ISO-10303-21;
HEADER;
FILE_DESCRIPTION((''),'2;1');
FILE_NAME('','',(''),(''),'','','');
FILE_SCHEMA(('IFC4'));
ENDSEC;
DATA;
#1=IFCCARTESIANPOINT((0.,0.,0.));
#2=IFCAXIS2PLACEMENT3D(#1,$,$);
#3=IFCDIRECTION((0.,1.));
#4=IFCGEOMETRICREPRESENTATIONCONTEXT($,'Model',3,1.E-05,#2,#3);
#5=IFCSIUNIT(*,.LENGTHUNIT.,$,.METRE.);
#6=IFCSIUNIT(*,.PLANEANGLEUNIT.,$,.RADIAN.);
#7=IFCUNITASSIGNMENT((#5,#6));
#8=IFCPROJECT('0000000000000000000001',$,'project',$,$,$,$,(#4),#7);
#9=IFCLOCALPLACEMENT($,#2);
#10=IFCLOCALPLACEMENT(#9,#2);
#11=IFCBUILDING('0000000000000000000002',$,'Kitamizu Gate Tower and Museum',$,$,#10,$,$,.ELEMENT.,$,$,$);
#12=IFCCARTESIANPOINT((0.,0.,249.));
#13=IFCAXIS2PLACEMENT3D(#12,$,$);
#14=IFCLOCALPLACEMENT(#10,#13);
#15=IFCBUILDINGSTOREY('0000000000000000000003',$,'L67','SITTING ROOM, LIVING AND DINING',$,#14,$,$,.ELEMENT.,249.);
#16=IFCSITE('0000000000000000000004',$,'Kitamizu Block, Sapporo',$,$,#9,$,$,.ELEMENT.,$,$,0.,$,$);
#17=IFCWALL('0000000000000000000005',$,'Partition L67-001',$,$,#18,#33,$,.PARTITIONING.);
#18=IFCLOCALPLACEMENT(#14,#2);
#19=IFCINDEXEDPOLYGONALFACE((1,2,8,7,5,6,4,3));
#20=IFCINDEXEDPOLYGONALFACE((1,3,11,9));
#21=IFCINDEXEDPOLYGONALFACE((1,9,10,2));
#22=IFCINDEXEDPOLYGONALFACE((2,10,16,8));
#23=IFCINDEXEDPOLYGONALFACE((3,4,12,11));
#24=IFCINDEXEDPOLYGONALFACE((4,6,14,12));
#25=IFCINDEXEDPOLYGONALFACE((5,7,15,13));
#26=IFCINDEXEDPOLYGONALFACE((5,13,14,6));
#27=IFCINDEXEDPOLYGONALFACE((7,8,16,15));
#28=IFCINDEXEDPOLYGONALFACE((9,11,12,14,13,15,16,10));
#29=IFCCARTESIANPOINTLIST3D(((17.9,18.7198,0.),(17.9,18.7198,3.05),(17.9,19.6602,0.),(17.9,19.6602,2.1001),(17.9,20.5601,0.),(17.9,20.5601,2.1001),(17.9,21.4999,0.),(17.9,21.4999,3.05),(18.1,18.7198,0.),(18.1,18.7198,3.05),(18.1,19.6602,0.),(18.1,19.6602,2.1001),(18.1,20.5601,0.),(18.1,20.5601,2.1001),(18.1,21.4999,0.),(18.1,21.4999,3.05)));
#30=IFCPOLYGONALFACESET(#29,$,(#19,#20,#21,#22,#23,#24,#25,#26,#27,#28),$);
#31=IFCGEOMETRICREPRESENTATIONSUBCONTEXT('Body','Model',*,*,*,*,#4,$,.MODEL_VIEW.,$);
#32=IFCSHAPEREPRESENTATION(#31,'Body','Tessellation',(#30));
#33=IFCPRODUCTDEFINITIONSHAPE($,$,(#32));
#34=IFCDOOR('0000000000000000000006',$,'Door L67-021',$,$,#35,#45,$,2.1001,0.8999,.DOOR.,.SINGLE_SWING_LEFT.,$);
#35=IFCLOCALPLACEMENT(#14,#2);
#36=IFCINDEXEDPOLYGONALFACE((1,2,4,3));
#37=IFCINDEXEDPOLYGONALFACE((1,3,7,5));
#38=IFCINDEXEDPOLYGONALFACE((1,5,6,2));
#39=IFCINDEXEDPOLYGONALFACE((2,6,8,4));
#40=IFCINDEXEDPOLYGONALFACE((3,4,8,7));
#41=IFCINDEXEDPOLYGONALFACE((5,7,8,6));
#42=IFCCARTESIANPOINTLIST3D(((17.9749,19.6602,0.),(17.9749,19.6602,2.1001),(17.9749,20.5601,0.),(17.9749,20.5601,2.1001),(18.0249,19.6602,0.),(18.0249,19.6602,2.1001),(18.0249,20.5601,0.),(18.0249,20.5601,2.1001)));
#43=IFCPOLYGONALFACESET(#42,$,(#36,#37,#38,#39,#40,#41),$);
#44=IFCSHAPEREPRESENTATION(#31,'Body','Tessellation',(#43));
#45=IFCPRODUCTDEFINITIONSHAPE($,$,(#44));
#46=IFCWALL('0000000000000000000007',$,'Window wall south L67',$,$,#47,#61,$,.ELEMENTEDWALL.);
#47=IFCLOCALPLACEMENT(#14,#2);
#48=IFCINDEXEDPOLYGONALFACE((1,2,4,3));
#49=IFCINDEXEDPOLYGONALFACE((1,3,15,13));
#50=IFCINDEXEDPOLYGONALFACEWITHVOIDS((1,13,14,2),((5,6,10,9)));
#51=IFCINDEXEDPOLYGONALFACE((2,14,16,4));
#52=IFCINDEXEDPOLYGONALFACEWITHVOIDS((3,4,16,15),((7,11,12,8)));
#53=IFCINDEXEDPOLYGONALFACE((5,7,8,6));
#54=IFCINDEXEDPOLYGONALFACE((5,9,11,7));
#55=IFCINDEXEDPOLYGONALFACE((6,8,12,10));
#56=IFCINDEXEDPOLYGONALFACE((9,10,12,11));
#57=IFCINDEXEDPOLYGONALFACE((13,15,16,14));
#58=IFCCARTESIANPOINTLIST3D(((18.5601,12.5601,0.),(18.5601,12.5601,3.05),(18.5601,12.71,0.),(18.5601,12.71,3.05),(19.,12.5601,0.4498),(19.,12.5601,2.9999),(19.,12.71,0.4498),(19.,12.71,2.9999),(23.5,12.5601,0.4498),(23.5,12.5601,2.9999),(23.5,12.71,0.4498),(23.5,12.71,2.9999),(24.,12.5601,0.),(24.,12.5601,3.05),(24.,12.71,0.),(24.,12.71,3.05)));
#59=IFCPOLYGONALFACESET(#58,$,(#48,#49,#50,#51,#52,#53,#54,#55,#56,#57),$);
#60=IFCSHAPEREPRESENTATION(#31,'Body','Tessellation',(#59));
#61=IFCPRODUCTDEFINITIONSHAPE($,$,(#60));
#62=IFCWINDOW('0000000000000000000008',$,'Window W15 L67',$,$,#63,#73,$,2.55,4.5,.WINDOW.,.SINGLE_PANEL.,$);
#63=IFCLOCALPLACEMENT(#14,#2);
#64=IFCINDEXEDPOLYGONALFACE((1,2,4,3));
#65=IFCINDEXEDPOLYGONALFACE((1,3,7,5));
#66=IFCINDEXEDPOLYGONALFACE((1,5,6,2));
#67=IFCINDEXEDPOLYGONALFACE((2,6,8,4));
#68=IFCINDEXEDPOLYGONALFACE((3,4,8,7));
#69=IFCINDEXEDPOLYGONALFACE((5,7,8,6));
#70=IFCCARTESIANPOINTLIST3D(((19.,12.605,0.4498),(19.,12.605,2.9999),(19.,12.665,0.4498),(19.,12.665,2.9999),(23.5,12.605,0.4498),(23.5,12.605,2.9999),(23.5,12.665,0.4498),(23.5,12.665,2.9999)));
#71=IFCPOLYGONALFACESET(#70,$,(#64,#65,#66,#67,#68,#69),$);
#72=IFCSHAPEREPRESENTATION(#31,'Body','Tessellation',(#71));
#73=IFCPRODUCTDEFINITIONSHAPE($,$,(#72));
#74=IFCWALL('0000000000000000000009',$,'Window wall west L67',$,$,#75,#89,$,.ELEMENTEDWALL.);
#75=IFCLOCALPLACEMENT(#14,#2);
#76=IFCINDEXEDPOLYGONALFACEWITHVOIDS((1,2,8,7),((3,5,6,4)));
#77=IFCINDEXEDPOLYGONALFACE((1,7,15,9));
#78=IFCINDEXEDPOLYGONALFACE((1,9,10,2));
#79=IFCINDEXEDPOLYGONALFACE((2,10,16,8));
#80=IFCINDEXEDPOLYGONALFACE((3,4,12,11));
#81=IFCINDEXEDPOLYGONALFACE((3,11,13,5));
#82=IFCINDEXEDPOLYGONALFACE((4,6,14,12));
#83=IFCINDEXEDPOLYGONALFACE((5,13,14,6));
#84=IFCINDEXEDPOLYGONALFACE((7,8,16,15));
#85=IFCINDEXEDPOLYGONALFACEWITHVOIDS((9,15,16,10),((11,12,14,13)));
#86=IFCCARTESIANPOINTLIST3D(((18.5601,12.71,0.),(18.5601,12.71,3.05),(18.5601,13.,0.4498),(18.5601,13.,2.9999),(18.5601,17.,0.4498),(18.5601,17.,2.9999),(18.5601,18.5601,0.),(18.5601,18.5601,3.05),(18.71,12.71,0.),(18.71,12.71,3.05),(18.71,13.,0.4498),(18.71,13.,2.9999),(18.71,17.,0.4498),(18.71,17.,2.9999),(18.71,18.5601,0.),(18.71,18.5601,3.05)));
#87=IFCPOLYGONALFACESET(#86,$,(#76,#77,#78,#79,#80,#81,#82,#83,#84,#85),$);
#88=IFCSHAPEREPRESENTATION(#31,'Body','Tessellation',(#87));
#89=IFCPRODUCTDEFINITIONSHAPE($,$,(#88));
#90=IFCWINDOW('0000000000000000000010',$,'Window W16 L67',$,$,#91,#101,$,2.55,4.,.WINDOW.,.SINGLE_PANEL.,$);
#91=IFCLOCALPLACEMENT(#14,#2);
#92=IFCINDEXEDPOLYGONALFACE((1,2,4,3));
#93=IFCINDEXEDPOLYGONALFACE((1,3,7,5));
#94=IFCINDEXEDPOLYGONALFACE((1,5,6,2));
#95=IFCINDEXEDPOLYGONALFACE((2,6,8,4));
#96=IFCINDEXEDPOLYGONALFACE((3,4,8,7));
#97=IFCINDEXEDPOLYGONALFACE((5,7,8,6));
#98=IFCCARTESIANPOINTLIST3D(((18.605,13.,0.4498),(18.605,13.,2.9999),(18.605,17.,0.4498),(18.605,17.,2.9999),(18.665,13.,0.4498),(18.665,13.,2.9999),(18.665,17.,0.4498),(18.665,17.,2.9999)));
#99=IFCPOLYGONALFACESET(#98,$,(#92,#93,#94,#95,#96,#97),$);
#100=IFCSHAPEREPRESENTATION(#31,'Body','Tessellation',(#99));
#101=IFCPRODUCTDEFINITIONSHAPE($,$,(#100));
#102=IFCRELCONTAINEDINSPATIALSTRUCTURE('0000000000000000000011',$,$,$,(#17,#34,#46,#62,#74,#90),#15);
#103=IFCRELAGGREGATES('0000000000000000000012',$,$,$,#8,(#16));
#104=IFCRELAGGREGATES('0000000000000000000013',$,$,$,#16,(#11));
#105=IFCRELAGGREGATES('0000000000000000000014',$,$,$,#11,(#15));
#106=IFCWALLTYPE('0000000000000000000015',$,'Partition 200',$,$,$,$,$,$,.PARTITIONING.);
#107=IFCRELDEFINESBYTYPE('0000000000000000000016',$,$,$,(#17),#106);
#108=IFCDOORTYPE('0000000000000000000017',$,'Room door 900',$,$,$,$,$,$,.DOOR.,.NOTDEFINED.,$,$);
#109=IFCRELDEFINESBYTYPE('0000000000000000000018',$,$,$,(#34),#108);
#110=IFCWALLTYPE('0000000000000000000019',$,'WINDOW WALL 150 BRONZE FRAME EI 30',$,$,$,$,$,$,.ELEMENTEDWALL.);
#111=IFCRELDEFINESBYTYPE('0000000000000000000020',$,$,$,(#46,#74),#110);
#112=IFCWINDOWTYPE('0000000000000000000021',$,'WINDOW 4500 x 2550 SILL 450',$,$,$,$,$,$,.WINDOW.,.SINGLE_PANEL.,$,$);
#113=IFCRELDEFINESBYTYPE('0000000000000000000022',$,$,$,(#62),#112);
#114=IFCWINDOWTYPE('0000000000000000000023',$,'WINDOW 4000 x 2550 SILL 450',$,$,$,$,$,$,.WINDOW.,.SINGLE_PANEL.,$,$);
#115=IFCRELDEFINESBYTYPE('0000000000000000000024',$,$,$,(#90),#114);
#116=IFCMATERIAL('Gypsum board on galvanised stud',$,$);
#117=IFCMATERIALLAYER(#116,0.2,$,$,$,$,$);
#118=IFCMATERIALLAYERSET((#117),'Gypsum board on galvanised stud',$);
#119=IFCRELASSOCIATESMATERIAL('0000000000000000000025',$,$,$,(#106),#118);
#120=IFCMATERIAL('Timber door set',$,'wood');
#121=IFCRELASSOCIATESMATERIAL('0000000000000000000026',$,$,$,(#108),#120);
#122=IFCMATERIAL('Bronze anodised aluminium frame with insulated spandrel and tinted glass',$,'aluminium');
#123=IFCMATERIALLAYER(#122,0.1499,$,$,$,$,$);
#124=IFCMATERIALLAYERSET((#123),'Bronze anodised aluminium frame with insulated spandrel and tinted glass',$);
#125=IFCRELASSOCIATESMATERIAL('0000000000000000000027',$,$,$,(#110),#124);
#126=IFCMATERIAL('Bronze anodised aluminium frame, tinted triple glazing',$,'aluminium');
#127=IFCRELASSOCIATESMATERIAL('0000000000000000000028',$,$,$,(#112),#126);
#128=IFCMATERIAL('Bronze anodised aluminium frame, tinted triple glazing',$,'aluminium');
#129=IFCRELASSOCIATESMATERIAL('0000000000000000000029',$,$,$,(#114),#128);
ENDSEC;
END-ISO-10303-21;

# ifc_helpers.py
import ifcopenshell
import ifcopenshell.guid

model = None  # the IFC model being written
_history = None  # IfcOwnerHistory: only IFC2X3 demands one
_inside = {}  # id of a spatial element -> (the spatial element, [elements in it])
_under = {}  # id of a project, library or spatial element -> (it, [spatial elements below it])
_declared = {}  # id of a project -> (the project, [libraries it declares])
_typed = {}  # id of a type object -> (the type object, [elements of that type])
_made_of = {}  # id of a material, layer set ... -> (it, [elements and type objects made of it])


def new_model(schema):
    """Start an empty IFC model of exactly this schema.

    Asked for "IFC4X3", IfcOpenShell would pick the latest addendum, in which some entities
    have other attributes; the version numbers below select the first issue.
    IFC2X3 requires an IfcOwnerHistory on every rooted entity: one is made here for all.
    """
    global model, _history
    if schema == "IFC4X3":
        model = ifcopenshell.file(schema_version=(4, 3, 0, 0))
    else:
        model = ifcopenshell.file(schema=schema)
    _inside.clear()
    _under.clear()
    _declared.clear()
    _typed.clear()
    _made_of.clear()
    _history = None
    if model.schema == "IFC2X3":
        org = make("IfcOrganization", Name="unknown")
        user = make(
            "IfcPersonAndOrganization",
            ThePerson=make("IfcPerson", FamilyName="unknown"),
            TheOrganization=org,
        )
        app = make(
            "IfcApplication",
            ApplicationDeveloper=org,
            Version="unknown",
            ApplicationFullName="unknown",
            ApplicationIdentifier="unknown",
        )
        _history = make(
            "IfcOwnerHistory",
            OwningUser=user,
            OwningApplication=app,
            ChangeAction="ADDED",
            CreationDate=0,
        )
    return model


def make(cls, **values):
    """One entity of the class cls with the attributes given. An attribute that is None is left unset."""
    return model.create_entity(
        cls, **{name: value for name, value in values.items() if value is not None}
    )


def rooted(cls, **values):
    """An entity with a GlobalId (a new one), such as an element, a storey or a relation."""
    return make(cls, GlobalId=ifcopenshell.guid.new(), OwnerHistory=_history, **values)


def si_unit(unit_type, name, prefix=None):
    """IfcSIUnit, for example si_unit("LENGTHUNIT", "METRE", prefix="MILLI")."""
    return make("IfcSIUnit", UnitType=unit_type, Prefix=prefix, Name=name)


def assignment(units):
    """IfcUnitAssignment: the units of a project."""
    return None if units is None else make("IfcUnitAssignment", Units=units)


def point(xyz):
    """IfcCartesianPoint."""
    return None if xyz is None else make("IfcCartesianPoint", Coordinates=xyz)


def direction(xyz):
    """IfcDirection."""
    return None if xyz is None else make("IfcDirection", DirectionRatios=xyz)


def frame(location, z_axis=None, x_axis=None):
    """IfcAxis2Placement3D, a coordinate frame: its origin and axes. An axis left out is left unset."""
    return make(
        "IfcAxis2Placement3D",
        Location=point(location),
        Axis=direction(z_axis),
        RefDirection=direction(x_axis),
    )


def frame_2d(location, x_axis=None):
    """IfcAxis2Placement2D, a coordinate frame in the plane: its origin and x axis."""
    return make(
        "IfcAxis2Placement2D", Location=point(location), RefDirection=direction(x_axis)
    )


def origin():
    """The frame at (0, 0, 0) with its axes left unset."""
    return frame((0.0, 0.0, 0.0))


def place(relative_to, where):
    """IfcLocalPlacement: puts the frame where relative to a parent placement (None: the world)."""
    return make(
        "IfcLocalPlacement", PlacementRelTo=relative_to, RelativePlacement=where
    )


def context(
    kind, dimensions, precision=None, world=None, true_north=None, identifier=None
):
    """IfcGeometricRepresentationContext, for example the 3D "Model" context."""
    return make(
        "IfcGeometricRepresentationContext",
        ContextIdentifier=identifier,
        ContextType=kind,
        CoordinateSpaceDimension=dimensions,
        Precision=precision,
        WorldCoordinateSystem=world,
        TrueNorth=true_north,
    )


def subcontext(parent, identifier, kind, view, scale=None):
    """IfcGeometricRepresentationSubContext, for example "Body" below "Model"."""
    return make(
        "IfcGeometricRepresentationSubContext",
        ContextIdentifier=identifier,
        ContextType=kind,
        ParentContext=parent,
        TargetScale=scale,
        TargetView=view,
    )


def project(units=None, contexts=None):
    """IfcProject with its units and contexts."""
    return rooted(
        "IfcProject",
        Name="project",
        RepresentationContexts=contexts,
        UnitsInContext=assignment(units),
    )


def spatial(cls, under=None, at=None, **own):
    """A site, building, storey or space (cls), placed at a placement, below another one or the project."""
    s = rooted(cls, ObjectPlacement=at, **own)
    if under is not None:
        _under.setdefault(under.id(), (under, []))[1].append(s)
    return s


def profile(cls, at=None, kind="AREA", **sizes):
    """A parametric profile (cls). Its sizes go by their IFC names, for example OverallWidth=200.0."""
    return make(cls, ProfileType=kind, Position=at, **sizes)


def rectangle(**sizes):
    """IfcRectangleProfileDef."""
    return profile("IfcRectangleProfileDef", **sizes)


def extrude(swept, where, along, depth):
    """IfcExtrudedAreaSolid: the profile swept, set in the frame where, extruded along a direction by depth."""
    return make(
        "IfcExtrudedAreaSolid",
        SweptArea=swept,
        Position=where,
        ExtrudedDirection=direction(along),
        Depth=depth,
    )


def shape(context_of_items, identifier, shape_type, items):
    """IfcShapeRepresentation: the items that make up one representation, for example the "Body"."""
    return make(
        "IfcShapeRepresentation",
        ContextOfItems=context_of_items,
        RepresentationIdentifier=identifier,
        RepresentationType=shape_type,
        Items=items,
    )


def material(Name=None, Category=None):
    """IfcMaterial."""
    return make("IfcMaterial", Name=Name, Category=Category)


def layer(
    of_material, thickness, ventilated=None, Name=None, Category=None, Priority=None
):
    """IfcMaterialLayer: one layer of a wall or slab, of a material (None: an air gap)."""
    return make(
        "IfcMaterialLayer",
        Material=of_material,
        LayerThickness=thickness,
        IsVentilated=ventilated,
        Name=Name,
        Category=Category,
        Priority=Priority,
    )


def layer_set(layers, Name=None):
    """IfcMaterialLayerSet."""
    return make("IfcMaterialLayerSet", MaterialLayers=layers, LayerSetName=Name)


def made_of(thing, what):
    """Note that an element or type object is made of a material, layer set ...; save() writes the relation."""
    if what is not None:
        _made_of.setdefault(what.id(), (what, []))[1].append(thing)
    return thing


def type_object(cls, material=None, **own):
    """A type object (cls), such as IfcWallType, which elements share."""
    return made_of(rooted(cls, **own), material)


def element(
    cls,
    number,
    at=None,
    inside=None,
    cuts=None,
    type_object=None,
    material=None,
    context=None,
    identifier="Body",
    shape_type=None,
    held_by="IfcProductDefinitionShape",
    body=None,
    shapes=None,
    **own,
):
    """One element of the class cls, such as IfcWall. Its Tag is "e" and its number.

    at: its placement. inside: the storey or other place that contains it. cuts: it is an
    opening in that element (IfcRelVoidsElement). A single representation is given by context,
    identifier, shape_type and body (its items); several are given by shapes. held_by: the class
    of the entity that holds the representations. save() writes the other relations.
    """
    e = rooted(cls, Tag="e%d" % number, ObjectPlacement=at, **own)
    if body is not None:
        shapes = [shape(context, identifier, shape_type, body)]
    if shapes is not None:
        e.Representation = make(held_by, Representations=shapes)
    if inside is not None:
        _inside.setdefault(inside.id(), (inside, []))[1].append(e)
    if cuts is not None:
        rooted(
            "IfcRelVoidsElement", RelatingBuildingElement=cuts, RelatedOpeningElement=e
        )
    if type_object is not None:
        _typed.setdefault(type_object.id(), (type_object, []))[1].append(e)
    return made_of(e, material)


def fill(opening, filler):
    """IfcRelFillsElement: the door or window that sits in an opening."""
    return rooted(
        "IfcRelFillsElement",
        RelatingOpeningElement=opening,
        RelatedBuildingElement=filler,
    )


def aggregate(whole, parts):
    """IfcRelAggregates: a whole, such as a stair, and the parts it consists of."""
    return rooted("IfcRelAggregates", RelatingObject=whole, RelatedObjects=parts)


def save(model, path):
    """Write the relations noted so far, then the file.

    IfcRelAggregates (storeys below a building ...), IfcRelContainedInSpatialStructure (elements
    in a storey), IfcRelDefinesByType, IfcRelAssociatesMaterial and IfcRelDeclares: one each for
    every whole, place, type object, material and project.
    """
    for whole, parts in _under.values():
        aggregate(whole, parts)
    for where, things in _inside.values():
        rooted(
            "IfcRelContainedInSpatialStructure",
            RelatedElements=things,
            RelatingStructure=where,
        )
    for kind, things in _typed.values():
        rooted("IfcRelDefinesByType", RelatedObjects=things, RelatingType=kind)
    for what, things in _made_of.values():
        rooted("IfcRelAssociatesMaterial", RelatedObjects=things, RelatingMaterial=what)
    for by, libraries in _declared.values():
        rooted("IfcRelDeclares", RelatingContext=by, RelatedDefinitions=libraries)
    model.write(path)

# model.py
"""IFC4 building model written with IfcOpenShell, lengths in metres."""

from ifc_helpers import new_model, si_unit, direction, frame, frame_2d, origin, place, context, subcontext, project, spatial, rectangle, extrude, material, layer, layer_set, type_object, element, fill, save


model = new_model("IFC4")

# Units and contexts
model_context = context("Model", 3, precision=1e-05, world=origin(), true_north=direction((0.0, 1.0)))
body_context = subcontext(model_context, "Body", "Model", "MODEL_VIEW")
ifc_project = project(units=[si_unit("LENGTHUNIT", "METRE"), si_unit("PLANEANGLEUNIT", "RADIAN")], contexts=[model_context])

# Site, building, storey
site_placement = place(None, origin())
site = spatial("IfcSite", under=ifc_project, at=site_placement, Name="Kitamizu Block, Sapporo", CompositionType="ELEMENT", RefElevation=0.0)
building_placement = place(site_placement, origin())
building = spatial("IfcBuilding", under=site, at=building_placement, Name="Kitamizu Gate Tower and Museum", CompositionType="ELEMENT")
storey_placement = place(building_placement, frame((0.0, 0.0, 249.0)))
storey = spatial("IfcBuildingStorey", under=building, at=storey_placement, Name="L67", Description="SITTING ROOM, LIVING AND DINING", CompositionType="ELEMENT", Elevation=249.0)

# Wall, opening, door
ifc_material_1 = material(Name="Gypsum board on galvanised stud")
ifc_layer_1 = layer(ifc_material_1, 0.2)
ifc_layer_set_1 = layer_set([ifc_layer_1], Name="Gypsum board on galvanised stud")
wall_type_1 = type_object("IfcWallType", Name="Partition 200", PredefinedType="PARTITIONING", material=ifc_layer_set_1)
wall_1_placement = place(storey_placement, frame((18.0, 21.5, 0.0), z_axis=(0.0, 0.0, 1.0), x_axis=(0.0, -1.0, 0.0)))
wall_1 = element("IfcWall", 1, at=wall_1_placement, inside=storey, type_object=wall_type_1, Name="Partition L67-001", PredefinedType="PARTITIONING", context=body_context, shape_type="SweptSolid", body=[
    extrude(rectangle(XDim=2.78, YDim=0.2, at=frame_2d((1.3901, 0.0))), origin(), (0.0, 0.0, 1.0), 3.05),
])
opening_1_placement = place(wall_1_placement, frame((0.9399, 0.0, 0.0)))
opening_1 = element("IfcOpeningElement", 2, at=opening_1_placement, cuts=wall_1, PredefinedType="OPENING", context=body_context, shape_type="SweptSolid", body=[
    extrude(rectangle(XDim=0.8999, YDim=2.1001, at=frame_2d((0.45, 1.05))), frame((0.0, 0.1099, 0.0), z_axis=(0.0, -1.0, 0.0), x_axis=(1.0, 0.0, 0.0)), (0.0, 0.0, 1.0), 0.22),
])
ifc_material_2 = material(Name="Timber door set", Category="wood")
door_type = type_object("IfcDoorType", Name="Room door 900", OperationType="NOTDEFINED", PredefinedType="DOOR", material=ifc_material_2)
door_placement = place(opening_1_placement, origin())
door = element("IfcDoor", 3, at=door_placement, inside=storey, type_object=door_type, Name="Door L67-021", OperationType="SINGLE_SWING_LEFT", OverallHeight=2.1001, OverallWidth=0.8999, PredefinedType="DOOR", context=body_context, shape_type="SweptSolid", body=[
    extrude(rectangle(XDim=0.8999, YDim=2.1001, at=frame_2d((0.45, 1.05))), frame((0.0, 0.0249, 0.0), z_axis=(0.0, -1.0, 0.0), x_axis=(1.0, 0.0, 0.0)), (0.0, 0.0, 1.0), 0.05),
])
fill(opening_1, door)

# Walls, openings, windows
ifc_material_3 = material(Name="Bronze anodised aluminium frame with insulated spandrel and tinted glass", Category="aluminium")
ifc_layer_2 = layer(ifc_material_3, 0.1499)
ifc_layer_set_2 = layer_set([ifc_layer_2], Name="Bronze anodised aluminium frame with insulated spandrel and tinted glass")
wall_type_2 = type_object("IfcWallType", Name="WINDOW WALL 150 BRONZE FRAME EI 30", PredefinedType="ELEMENTEDWALL", material=ifc_layer_set_2)
wall_2_placement = place(storey_placement, frame((18.5601, 12.635, 0.0), z_axis=(0.0, 0.0, 1.0), x_axis=(1.0, 0.0, 0.0)))
wall_2 = element("IfcWall", 4, at=wall_2_placement, inside=storey, type_object=wall_type_2, Name="Window wall south L67", PredefinedType="ELEMENTEDWALL", context=body_context, shape_type="SweptSolid", body=[
    extrude(rectangle(XDim=5.4399, YDim=0.1499, at=frame_2d((2.72, 0.0))), origin(), (0.0, 0.0, 1.0), 3.05),
])
opening_2_placement = place(wall_2_placement, frame((0.4399, 0.0, 0.45)))
opening_2 = element("IfcOpeningElement", 5, at=opening_2_placement, cuts=wall_2, PredefinedType="OPENING", context=body_context, shape_type="SweptSolid", body=[
    extrude(rectangle(XDim=4.5, YDim=2.55, at=frame_2d((2.25, 1.2749))), frame((0.0, 0.085, 0.0), z_axis=(0.0, -1.0, 0.0), x_axis=(1.0, 0.0, 0.0)), (0.0, 0.0, 1.0), 0.1699),
])
ifc_material_4 = material(Name="Bronze anodised aluminium frame, tinted triple glazing", Category="aluminium")
window_type_1 = type_object("IfcWindowType", Name="WINDOW 4500 x 2550 SILL 450", PartitioningType="SINGLE_PANEL", PredefinedType="WINDOW", material=ifc_material_4)
window_1_placement = place(opening_2_placement, origin())
window_1 = element("IfcWindow", 6, at=window_1_placement, inside=storey, type_object=window_type_1, Name="Window W15 L67", OverallHeight=2.55, OverallWidth=4.5, PartitioningType="SINGLE_PANEL", PredefinedType="WINDOW", context=body_context, shape_type="SweptSolid", body=[
    extrude(rectangle(XDim=4.5, YDim=2.55, at=frame_2d((2.25, 1.2749))), frame((0.0, 0.03, 0.0), z_axis=(0.0, -1.0, 0.0), x_axis=(1.0, 0.0, 0.0)), (0.0, 0.0, 1.0), 0.0601),
])
fill(opening_2, window_1)
wall_3_placement = place(storey_placement, frame((18.635, 12.71, 0.0), z_axis=(0.0, 0.0, 1.0), x_axis=(0.0, 1.0, 0.0)))
wall_3 = element("IfcWall", 7, at=wall_3_placement, inside=storey, type_object=wall_type_2, Name="Window wall west L67", PredefinedType="ELEMENTEDWALL", context=body_context, shape_type="SweptSolid", body=[
    extrude(rectangle(XDim=5.8501, YDim=0.1499, at=frame_2d((2.925, 0.0))), origin(), (0.0, 0.0, 1.0), 3.05),
])
opening_3_placement = place(wall_3_placement, frame((0.29, 0.0, 0.45)))
opening_3 = element("IfcOpeningElement", 8, at=opening_3_placement, cuts=wall_3, PredefinedType="OPENING", context=body_context, shape_type="SweptSolid", body=[
    extrude(rectangle(XDim=4.0, YDim=2.55, at=frame_2d((2.0, 1.2749))), frame((0.0, 0.085, 0.0), z_axis=(0.0, -1.0, 0.0), x_axis=(1.0, 0.0, 0.0)), (0.0, 0.0, 1.0), 0.1699),
])
ifc_material_5 = material(Name="Bronze anodised aluminium frame, tinted triple glazing", Category="aluminium")
window_type_2 = type_object("IfcWindowType", Name="WINDOW 4000 x 2550 SILL 450", PartitioningType="SINGLE_PANEL", PredefinedType="WINDOW", material=ifc_material_5)
window_2_placement = place(opening_3_placement, origin())
window_2 = element("IfcWindow", 9, at=window_2_placement, inside=storey, type_object=window_type_2, Name="Window W16 L67", OverallHeight=2.55, OverallWidth=4.0, PartitioningType="SINGLE_PANEL", PredefinedType="WINDOW", context=body_context, shape_type="SweptSolid", body=[
    extrude(rectangle(XDim=4.0, YDim=2.55, at=frame_2d((2.0, 1.2749))), frame((0.0, 0.03, 0.0), z_axis=(0.0, -1.0, 0.0), x_axis=(1.0, 0.0, 0.0)), (0.0, 0.0, 1.0), 0.0601),
])
fill(opening_3, window_2)

save(model, "model.ifc")
